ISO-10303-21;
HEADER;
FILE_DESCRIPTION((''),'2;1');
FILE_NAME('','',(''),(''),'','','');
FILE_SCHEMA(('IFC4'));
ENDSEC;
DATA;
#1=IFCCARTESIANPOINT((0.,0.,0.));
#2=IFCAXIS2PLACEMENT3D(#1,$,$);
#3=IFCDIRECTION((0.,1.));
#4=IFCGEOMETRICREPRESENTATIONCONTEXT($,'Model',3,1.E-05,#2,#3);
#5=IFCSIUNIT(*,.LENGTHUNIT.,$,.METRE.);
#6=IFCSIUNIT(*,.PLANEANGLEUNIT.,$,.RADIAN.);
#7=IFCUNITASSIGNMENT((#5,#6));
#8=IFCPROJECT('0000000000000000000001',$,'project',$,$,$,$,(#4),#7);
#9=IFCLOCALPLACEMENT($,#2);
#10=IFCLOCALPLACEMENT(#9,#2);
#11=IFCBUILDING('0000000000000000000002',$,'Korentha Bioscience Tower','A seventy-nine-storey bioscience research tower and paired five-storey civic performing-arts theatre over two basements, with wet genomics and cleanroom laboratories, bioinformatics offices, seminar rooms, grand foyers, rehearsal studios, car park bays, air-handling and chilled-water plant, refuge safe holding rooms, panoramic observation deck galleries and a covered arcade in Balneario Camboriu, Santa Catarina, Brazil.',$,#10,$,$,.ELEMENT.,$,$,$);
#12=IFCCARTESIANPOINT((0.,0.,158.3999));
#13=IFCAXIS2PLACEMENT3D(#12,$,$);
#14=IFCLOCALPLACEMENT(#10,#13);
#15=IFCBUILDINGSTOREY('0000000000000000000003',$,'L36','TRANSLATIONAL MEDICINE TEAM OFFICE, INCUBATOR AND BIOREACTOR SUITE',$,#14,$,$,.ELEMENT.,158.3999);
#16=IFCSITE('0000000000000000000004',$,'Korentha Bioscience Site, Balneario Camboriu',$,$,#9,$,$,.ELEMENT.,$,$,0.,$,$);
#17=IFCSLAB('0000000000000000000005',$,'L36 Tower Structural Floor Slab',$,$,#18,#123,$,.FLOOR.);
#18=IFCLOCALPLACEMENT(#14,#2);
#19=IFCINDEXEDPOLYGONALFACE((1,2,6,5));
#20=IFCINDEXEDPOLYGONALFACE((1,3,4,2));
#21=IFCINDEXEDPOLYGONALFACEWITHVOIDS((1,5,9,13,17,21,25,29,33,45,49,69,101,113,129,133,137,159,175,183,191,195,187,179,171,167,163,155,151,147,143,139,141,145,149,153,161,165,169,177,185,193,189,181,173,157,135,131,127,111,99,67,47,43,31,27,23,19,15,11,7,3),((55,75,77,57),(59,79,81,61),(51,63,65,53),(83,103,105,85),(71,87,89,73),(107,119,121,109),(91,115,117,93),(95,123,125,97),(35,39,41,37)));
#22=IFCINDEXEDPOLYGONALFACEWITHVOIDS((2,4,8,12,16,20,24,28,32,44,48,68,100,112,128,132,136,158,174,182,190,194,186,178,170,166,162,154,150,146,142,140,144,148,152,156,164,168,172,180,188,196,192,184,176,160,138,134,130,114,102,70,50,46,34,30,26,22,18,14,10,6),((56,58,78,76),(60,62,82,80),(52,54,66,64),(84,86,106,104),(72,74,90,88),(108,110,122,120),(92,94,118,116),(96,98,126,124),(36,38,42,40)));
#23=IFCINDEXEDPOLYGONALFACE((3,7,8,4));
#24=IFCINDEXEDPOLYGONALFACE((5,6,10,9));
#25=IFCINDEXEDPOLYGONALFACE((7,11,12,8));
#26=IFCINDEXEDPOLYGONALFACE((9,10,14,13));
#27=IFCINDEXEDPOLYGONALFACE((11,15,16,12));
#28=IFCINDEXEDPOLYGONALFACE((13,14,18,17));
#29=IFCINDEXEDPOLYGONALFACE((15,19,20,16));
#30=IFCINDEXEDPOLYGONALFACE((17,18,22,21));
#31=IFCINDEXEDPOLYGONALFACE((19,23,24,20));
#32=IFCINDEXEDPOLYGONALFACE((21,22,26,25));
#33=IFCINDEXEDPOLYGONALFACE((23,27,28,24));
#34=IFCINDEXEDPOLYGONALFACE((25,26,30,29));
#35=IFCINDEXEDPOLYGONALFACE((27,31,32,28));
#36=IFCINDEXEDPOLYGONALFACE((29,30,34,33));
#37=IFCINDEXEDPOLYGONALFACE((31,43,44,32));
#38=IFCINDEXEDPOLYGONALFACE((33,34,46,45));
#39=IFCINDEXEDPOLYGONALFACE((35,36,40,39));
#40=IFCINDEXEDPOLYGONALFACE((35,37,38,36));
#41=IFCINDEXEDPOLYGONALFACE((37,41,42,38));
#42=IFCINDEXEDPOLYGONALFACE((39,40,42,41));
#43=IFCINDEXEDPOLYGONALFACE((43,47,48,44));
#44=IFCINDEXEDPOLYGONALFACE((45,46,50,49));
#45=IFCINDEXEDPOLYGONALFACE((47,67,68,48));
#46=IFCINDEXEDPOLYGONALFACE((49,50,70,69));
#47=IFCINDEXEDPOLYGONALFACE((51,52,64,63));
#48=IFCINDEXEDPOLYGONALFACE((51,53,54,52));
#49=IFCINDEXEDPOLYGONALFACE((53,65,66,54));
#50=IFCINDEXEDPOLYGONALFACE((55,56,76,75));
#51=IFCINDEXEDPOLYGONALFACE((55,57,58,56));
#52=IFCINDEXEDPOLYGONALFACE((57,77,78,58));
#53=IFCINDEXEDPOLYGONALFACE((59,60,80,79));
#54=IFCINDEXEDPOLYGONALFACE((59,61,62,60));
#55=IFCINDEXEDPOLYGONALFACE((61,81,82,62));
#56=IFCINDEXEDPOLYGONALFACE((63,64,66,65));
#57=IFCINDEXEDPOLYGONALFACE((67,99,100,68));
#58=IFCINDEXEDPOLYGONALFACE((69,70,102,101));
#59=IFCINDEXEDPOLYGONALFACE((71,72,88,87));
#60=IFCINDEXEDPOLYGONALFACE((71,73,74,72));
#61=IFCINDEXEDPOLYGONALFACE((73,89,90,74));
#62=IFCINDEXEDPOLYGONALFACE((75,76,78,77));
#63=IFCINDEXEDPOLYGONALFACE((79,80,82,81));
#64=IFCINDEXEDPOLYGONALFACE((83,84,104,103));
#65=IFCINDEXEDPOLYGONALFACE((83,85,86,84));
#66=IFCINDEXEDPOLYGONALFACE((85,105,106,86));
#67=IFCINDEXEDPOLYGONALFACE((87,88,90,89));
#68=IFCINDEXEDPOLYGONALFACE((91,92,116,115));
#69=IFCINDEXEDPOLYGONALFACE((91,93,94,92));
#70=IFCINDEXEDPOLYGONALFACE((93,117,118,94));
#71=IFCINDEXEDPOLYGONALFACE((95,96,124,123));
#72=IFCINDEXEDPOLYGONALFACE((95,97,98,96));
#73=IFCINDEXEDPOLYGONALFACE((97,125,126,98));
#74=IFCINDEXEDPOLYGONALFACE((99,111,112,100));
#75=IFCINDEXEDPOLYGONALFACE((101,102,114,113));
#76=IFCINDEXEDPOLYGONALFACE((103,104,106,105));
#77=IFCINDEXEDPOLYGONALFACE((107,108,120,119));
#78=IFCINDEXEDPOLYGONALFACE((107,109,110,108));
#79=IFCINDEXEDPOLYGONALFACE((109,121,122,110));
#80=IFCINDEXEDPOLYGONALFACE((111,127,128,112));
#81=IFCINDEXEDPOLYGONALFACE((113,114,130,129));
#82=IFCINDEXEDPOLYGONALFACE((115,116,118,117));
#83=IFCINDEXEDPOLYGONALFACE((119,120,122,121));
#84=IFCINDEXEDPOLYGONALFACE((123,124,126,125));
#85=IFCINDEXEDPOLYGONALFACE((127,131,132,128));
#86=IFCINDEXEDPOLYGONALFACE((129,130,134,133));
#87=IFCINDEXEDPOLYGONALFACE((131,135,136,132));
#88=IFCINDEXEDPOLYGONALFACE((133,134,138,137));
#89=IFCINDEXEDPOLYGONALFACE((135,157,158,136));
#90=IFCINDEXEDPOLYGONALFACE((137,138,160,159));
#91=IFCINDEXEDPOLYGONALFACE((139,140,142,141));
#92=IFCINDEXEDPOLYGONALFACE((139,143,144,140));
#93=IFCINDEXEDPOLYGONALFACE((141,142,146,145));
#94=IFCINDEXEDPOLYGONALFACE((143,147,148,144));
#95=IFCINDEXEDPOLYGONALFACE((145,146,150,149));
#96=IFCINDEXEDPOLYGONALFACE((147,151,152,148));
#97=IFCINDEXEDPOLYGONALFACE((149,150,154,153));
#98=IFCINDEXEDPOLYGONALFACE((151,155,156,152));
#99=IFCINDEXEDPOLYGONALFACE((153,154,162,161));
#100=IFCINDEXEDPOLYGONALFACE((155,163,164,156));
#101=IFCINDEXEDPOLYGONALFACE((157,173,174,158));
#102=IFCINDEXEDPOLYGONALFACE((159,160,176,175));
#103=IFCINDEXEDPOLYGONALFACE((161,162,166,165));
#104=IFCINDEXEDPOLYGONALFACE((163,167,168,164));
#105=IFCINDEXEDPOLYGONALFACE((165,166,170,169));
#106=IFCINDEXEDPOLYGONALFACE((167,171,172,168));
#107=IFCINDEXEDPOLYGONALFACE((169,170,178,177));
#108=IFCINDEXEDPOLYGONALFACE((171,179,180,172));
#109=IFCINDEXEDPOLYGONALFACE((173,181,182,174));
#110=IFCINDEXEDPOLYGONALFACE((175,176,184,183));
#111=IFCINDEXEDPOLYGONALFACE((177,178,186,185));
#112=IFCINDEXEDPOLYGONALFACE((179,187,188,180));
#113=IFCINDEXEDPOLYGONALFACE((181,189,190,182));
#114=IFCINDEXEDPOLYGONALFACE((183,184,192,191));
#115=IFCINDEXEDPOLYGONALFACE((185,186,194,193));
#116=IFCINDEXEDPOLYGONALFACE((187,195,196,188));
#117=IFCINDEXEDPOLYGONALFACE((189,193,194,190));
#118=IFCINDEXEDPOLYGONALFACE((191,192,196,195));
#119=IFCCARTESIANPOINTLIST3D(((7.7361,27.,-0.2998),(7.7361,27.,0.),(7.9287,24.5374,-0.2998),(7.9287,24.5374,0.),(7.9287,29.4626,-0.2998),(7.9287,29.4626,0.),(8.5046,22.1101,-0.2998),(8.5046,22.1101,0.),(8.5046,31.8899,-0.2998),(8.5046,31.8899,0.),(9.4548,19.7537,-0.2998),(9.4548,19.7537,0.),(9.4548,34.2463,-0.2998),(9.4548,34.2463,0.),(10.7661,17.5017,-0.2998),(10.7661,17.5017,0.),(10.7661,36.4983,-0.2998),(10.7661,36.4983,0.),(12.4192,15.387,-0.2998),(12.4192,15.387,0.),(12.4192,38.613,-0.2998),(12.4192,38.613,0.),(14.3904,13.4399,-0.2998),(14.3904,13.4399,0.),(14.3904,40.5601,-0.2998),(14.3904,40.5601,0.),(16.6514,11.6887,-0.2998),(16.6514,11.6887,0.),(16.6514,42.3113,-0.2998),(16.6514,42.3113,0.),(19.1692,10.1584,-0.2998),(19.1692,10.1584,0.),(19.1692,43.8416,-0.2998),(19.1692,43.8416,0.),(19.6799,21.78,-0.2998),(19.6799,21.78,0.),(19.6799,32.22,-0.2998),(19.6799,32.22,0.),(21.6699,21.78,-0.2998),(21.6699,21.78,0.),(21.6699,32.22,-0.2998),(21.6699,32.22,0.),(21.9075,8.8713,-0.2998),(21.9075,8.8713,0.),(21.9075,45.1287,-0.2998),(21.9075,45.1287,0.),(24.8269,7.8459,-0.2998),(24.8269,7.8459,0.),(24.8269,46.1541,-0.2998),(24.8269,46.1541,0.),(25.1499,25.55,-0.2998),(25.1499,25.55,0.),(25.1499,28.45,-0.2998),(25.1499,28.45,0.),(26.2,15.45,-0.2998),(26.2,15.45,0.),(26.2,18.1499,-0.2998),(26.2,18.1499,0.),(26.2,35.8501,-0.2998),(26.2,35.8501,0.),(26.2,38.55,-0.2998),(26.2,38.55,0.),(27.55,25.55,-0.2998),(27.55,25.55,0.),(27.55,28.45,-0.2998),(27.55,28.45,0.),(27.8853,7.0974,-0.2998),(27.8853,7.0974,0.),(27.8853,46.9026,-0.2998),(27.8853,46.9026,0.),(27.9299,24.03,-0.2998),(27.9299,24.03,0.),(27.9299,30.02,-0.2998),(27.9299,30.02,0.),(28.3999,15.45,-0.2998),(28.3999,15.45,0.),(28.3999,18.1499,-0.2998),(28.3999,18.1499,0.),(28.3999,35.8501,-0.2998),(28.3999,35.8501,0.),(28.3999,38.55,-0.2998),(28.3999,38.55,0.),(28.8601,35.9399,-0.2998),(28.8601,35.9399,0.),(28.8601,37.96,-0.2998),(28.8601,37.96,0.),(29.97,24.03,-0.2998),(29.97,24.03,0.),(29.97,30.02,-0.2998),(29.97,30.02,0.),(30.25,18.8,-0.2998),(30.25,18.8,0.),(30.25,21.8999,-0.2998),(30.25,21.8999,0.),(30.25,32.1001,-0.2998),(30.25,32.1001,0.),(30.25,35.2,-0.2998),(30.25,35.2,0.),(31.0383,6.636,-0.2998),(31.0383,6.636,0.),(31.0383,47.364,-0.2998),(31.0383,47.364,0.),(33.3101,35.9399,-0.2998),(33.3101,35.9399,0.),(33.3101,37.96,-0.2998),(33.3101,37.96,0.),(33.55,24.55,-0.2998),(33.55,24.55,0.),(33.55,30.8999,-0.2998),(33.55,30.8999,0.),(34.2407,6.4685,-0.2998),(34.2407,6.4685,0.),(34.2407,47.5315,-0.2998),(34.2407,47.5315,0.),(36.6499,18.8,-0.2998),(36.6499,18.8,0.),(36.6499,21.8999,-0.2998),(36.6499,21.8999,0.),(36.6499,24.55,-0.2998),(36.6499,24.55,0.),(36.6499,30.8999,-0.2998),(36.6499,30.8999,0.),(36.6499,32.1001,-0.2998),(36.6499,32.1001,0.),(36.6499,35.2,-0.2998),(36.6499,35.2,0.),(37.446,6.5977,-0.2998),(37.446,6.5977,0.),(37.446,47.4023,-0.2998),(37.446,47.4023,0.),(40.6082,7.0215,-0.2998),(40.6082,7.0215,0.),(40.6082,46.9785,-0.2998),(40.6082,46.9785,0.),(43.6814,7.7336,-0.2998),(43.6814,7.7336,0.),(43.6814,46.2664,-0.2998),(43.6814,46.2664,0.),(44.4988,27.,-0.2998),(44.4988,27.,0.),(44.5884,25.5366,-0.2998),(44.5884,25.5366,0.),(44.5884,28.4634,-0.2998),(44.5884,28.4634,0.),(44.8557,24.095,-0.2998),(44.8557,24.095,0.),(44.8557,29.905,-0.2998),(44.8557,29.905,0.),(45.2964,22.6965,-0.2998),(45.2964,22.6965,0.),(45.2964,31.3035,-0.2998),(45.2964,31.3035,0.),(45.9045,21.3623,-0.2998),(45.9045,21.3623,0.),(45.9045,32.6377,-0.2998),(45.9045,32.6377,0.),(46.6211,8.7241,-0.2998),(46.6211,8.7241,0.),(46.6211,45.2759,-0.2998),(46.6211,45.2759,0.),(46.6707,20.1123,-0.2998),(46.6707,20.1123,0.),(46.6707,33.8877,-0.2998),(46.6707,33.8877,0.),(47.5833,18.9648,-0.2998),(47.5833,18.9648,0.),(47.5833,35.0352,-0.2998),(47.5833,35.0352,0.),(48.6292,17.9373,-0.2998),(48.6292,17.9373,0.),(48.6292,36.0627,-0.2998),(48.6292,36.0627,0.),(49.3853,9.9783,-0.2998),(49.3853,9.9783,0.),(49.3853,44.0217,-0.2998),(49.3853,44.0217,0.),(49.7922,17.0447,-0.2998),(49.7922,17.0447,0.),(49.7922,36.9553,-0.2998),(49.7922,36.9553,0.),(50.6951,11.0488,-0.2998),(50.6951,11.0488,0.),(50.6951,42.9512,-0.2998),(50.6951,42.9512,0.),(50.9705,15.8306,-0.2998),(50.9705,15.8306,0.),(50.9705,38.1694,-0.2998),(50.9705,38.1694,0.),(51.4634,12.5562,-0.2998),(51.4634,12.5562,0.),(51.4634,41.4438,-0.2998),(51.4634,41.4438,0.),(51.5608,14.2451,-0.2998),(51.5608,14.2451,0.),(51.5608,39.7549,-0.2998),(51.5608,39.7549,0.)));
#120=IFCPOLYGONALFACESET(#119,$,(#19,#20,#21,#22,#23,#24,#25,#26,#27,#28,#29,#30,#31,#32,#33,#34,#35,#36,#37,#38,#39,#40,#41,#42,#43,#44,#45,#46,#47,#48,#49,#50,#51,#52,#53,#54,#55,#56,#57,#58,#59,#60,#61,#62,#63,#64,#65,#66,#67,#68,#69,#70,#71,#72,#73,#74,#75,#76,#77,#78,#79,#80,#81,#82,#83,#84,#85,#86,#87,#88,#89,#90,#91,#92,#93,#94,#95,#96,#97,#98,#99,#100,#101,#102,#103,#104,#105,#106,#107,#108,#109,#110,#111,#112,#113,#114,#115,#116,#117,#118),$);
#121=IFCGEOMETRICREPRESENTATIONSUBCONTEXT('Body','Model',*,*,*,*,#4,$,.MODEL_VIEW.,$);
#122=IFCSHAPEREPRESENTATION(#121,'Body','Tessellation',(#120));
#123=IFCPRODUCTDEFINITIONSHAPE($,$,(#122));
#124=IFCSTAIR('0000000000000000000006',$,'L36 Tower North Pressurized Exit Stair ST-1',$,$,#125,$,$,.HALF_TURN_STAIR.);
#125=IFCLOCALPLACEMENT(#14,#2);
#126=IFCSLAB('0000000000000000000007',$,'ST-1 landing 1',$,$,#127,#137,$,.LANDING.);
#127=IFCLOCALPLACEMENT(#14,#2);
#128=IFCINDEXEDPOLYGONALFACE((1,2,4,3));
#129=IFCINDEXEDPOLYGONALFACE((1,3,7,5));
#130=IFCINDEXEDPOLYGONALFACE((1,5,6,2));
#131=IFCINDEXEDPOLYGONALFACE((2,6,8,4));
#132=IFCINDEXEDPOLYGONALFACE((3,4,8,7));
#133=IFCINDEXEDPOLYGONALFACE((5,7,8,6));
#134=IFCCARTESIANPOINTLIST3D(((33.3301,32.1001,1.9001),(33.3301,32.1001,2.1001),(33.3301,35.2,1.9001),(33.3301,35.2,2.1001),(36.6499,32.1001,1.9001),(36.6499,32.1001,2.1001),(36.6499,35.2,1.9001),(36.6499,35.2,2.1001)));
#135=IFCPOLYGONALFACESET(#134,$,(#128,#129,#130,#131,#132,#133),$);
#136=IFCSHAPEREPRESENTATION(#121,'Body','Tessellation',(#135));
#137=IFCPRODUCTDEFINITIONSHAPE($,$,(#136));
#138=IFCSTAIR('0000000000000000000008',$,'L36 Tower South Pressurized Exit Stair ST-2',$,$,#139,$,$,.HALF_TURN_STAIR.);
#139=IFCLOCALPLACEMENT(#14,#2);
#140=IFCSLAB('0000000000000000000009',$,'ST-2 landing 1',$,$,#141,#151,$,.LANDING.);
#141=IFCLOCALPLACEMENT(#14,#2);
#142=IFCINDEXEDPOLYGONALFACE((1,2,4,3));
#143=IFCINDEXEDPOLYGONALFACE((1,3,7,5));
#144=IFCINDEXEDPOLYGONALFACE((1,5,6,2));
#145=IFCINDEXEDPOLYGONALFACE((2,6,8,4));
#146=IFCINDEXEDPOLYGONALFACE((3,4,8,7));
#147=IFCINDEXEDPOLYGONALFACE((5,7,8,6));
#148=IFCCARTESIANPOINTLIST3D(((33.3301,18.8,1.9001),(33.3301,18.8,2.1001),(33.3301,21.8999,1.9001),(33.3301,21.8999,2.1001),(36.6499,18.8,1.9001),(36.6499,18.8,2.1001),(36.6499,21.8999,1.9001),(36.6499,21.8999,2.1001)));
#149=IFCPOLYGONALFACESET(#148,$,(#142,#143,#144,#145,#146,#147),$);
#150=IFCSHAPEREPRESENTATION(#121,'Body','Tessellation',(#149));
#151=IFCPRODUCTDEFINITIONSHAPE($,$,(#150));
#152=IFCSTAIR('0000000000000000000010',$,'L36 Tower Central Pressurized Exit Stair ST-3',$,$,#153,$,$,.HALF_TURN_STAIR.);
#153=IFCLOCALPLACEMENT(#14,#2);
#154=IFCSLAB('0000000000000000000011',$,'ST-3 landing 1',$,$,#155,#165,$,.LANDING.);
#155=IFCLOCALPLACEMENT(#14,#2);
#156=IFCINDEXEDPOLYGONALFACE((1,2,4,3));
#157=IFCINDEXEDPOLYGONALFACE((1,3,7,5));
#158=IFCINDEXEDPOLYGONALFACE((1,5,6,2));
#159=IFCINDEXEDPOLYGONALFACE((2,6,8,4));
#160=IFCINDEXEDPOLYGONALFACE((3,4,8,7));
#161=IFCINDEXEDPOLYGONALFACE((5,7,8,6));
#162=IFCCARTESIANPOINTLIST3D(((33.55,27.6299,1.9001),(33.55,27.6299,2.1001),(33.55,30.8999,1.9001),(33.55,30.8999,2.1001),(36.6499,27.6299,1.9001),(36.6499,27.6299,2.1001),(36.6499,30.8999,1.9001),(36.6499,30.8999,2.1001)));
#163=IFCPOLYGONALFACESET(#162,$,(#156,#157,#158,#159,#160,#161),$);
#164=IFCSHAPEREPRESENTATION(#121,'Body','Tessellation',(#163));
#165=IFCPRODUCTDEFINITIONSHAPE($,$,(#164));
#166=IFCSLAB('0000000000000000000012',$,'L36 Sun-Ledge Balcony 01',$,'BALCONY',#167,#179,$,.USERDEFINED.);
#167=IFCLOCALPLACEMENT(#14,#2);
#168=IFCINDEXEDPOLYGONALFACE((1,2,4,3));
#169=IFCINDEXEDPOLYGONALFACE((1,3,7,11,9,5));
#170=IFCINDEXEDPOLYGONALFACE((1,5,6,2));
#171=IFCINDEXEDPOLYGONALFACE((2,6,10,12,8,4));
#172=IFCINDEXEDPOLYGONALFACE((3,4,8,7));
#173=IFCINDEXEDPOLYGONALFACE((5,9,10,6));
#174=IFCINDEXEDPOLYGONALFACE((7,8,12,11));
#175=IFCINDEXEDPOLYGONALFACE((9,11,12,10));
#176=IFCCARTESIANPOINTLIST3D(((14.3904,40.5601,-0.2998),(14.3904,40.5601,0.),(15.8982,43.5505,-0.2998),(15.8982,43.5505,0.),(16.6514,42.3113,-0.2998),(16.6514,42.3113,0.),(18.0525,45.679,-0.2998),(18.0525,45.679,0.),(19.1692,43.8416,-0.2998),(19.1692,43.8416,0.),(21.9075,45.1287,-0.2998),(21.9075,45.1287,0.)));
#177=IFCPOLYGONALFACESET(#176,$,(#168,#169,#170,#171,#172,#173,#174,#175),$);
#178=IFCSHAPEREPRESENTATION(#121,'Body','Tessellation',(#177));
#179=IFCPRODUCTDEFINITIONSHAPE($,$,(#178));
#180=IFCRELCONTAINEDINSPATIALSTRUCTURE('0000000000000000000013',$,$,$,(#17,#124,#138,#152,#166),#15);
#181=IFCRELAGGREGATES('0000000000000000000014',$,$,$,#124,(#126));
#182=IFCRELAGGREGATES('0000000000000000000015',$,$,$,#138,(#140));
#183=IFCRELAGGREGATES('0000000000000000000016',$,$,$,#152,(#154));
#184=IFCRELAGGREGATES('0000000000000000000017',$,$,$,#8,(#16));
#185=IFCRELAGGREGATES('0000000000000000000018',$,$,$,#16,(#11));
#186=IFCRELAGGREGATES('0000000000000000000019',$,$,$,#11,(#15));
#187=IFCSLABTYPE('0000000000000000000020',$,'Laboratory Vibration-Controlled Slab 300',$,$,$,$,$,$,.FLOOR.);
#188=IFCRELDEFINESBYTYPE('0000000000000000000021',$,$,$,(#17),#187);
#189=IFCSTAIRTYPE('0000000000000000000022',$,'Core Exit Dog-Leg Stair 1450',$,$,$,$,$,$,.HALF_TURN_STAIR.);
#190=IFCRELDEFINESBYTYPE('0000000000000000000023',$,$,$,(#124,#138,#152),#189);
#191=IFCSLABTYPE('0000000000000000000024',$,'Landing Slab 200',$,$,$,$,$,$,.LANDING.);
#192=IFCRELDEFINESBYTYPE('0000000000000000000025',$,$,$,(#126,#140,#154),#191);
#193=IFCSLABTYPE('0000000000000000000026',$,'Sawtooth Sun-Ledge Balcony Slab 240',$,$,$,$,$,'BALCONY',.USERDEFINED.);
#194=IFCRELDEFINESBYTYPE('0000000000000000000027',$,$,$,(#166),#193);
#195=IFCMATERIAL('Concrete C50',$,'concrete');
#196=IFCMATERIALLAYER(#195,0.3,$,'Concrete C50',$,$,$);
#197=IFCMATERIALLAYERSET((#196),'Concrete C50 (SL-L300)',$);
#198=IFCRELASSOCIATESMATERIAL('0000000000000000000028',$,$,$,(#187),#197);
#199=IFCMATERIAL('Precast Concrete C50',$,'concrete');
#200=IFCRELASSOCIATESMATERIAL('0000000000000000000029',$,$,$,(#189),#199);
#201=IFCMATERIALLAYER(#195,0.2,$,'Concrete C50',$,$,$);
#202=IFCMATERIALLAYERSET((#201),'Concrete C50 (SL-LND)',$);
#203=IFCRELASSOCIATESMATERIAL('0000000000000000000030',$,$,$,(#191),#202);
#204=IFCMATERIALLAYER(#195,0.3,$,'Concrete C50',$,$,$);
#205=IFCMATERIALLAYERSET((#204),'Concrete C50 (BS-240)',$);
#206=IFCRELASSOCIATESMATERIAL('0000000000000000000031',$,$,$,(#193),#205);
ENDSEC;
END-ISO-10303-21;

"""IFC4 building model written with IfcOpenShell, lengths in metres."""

from ifc_helpers import new_model, si_unit, direction, frame, origin, place, context, subcontext, project, spatial, polyline, outline, extrude, material, layer, layer_set, type_object, element, aggregate, save


model = new_model("IFC4")

# Units and contexts
model_context = context("Model", 3, precision=1e-05, world=origin(), true_north=direction((0.0, 1.0)))
body_context = subcontext(model_context, "Body", "Model", "MODEL_VIEW")
ifc_project = project(units=[si_unit("LENGTHUNIT", "METRE"), si_unit("PLANEANGLEUNIT", "RADIAN")], contexts=[model_context])

# Site, building, storey
site_placement = place(None, origin())
site = spatial("IfcSite", under=ifc_project, at=site_placement, Name="Korentha Bioscience Site, Balneario Camboriu", CompositionType="ELEMENT", RefElevation=0.0)
building_placement = place(site_placement, origin())
building = spatial("IfcBuilding", under=site, at=building_placement, Name="Korentha Bioscience Tower", Description="A seventy-nine-storey bioscience research tower and paired five-storey civic performing-arts theatre over two basements, with wet genomics and cleanroom laboratories, bioinformatics offices, seminar rooms, grand foyers, rehearsal studios, car park bays, air-handling and chilled-water plant, refuge safe holding rooms, panoramic observation deck galleries and a covered arcade in Balneario Camboriu, Santa Catarina, Brazil.", CompositionType="ELEMENT")
storey_placement = place(building_placement, frame((0.0, 0.0, 158.3999)))
storey = spatial("IfcBuildingStorey", under=building, at=storey_placement, Name="L36", Description="TRANSLATIONAL MEDICINE TEAM OFFICE, INCUBATOR AND BIOREACTOR SUITE", CompositionType="ELEMENT", Elevation=158.3999)

# Slab
ifc_material_1 = material(Name="Concrete C50", Category="concrete")
ifc_layer_1 = layer(ifc_material_1, 0.3, Name="Concrete C50")
ifc_layer_set_1 = layer_set([ifc_layer_1], Name="Concrete C50 (SL-L300)")
slab_type_1 = type_object("IfcSlabType", Name="Laboratory Vibration-Controlled Slab 300", PredefinedType="FLOOR", material=ifc_layer_set_1)
slab_1_placement = place(storey_placement, frame((0.0, 0.0, -0.2998)))
element("IfcSlab", 1, at=slab_1_placement, inside=storey, type_object=slab_type_1, Name="L36 Tower Structural Floor Slab", PredefinedType="FLOOR", context=body_context, shape_type="SweptSolid", body=[
    extrude(outline(polyline([(49.3853, 44.0217), (46.6211, 45.2759), (43.6814, 46.2664), (40.6082, 46.9785), (37.446, 47.4023), (34.2407, 47.5315), (31.0383, 47.364), (27.8853, 46.9026), (24.8269, 46.1541), (21.9075, 45.1287), (19.1692, 43.8416), (16.6514, 42.3113), (14.3904, 40.5601), (12.4192, 38.613), (10.7661, 36.4983), (9.4548, 34.2463), (8.5046, 31.8899), (7.9287, 29.4626), (7.7361, 27.0), (7.9287, 24.5374), (8.5046, 22.1101), (9.4548, 19.7537), (10.7661, 17.5017), (12.4192, 15.387), (14.3904, 13.4399), (16.6514, 11.6887), (19.1692, 10.1584), (21.9075, 8.8713), (24.8269, 7.8459), (27.8853, 7.0974), (31.0383, 6.636), (34.2407, 6.4685), (37.446, 6.5977), (40.6082, 7.0215), (43.6814, 7.7336), (46.6211, 8.7241), (49.3853, 9.9783), (50.6951, 11.0488), (51.4634, 12.5562), (51.5608, 14.2451), (50.9705, 15.8306), (49.7922, 17.0447), (48.6292, 17.9373), (47.5833, 18.9648), (46.6707, 20.1123), (45.9045, 21.3623), (45.2964, 22.6965), (44.8557, 24.095), (44.5884, 25.5366), (44.4988, 27.0), (44.5884, 28.4634), (44.8557, 29.905), (45.2964, 31.3035), (45.9045, 32.6377), (46.6707, 33.8877), (47.5833, 35.0352), (48.6292, 36.0627), (49.7922, 36.9553), (50.9705, 38.1694), (51.5608, 39.7549), (51.4634, 41.4438), (50.6951, 42.9512), (49.3853, 44.0217)]), holes=[polyline([(30.25, 32.1001), (36.6499, 32.1001), (36.6499, 35.2), (30.25, 35.2), (30.25, 32.1001)]), polyline([(30.25, 18.8), (36.6499, 18.8), (36.6499, 21.8999), (30.25, 21.8999), (30.25, 18.8)]), polyline([(36.6499, 24.55), (36.6499, 30.8999), (33.55, 30.8999), (33.55, 24.55), (36.6499, 24.55)]), polyline([(19.6799, 21.78), (21.6699, 21.78), (21.6699, 32.22), (19.6799, 32.22), (19.6799, 21.78)]), polyline([(27.9299, 24.03), (29.97, 24.03), (29.97, 30.02), (27.9299, 30.02), (27.9299, 24.03)]), polyline([(28.8601, 35.9399), (33.3101, 35.9399), (33.3101, 37.96), (28.8601, 37.96), (28.8601, 35.9399)]), polyline([(26.2, 15.45), (28.3999, 15.45), (28.3999, 18.1499), (26.2, 18.1499), (26.2, 15.45)]), polyline([(26.2, 35.8501), (28.3999, 35.8501), (28.3999, 38.55), (26.2, 38.55), (26.2, 35.8501)]), polyline([(25.1499, 25.55), (27.55, 25.55), (27.55, 28.45), (25.1499, 28.45), (25.1499, 25.55)])]), origin(), (0.0, 0.0, 1.0), 0.2998),
])

# Stairs, slabs
ifc_material_2 = material(Name="Precast Concrete C50", Category="concrete")
stair_type = type_object("IfcStairType", Name="Core Exit Dog-Leg Stair 1450", PredefinedType="HALF_TURN_STAIR", material=ifc_material_2)
stair_1_placement = place(storey_placement, origin())
stair_1 = element("IfcStair", 2, at=stair_1_placement, inside=storey, type_object=stair_type, Name="L36 Tower North Pressurized Exit Stair ST-1", PredefinedType="HALF_TURN_STAIR")
ifc_layer_2 = layer(ifc_material_1, 0.2, Name="Concrete C50")
ifc_layer_set_2 = layer_set([ifc_layer_2], Name="Concrete C50 (SL-LND)")
slab_type_2 = type_object("IfcSlabType", Name="Landing Slab 200", PredefinedType="LANDING", material=ifc_layer_set_2)
slab_2_placement = place(storey_placement, frame((0.0, 0.0, 1.9001)))
slab_2 = element("IfcSlab", 3, at=slab_2_placement, type_object=slab_type_2, Name="ST-1 landing 1", PredefinedType="LANDING", context=body_context, shape_type="SweptSolid", body=[
    extrude(outline(polyline([(33.3301, 32.1001), (36.6499, 32.1001), (36.6499, 35.2), (33.3301, 35.2), (33.3301, 32.1001)])), origin(), (0.0, 0.0, 1.0), 0.2),
])
aggregate(stair_1, [slab_2])
stair_2_placement = place(storey_placement, origin())
stair_2 = element("IfcStair", 4, at=stair_2_placement, inside=storey, type_object=stair_type, Name="L36 Tower South Pressurized Exit Stair ST-2", PredefinedType="HALF_TURN_STAIR")
slab_3_placement = place(storey_placement, frame((0.0, 0.0, 1.9001)))
slab_3 = element("IfcSlab", 5, at=slab_3_placement, type_object=slab_type_2, Name="ST-2 landing 1", PredefinedType="LANDING", context=body_context, shape_type="SweptSolid", body=[
    extrude(outline(polyline([(33.3301, 18.8), (36.6499, 18.8), (36.6499, 21.8999), (33.3301, 21.8999), (33.3301, 18.8)])), origin(), (0.0, 0.0, 1.0), 0.2),
])
aggregate(stair_2, [slab_3])
stair_3_placement = place(storey_placement, origin())
stair_3 = element("IfcStair", 6, at=stair_3_placement, inside=storey, type_object=stair_type, Name="L36 Tower Central Pressurized Exit Stair ST-3", PredefinedType="HALF_TURN_STAIR")
slab_4_placement = place(storey_placement, frame((0.0, 0.0, 1.9001)))
slab_4 = element("IfcSlab", 7, at=slab_4_placement, type_object=slab_type_2, Name="ST-3 landing 1", PredefinedType="LANDING", context=body_context, shape_type="SweptSolid", body=[
    extrude(outline(polyline([(36.6499, 27.6299), (36.6499, 30.8999), (33.55, 30.8999), (33.55, 27.6299), (36.6499, 27.6299)])), origin(), (0.0, 0.0, 1.0), 0.2),
])
aggregate(stair_3, [slab_4])

# Slab
ifc_layer_3 = layer(ifc_material_1, 0.3, Name="Concrete C50")
ifc_layer_set_3 = layer_set([ifc_layer_3], Name="Concrete C50 (BS-240)")
slab_type_3 = type_object("IfcSlabType", Name="Sawtooth Sun-Ledge Balcony Slab 240", ElementType="BALCONY", PredefinedType="USERDEFINED", material=ifc_layer_set_3)
slab_5_placement = place(storey_placement, frame((0.0, 0.0, -0.2998)))
element("IfcSlab", 8, at=slab_5_placement, inside=storey, type_object=slab_type_3, Name="L36 Sun-Ledge Balcony 01", ObjectType="BALCONY", PredefinedType="USERDEFINED", context=body_context, shape_type="SweptSolid", body=[
    extrude(outline(polyline([(14.3904, 40.5601), (16.6514, 42.3113), (19.1692, 43.8416), (21.9075, 45.1287), (18.0525, 45.679), (15.8982, 43.5505), (14.3904, 40.5601)])), origin(), (0.0, 0.0, 1.0), 0.2998),
])

save(model, "model.ifc")
